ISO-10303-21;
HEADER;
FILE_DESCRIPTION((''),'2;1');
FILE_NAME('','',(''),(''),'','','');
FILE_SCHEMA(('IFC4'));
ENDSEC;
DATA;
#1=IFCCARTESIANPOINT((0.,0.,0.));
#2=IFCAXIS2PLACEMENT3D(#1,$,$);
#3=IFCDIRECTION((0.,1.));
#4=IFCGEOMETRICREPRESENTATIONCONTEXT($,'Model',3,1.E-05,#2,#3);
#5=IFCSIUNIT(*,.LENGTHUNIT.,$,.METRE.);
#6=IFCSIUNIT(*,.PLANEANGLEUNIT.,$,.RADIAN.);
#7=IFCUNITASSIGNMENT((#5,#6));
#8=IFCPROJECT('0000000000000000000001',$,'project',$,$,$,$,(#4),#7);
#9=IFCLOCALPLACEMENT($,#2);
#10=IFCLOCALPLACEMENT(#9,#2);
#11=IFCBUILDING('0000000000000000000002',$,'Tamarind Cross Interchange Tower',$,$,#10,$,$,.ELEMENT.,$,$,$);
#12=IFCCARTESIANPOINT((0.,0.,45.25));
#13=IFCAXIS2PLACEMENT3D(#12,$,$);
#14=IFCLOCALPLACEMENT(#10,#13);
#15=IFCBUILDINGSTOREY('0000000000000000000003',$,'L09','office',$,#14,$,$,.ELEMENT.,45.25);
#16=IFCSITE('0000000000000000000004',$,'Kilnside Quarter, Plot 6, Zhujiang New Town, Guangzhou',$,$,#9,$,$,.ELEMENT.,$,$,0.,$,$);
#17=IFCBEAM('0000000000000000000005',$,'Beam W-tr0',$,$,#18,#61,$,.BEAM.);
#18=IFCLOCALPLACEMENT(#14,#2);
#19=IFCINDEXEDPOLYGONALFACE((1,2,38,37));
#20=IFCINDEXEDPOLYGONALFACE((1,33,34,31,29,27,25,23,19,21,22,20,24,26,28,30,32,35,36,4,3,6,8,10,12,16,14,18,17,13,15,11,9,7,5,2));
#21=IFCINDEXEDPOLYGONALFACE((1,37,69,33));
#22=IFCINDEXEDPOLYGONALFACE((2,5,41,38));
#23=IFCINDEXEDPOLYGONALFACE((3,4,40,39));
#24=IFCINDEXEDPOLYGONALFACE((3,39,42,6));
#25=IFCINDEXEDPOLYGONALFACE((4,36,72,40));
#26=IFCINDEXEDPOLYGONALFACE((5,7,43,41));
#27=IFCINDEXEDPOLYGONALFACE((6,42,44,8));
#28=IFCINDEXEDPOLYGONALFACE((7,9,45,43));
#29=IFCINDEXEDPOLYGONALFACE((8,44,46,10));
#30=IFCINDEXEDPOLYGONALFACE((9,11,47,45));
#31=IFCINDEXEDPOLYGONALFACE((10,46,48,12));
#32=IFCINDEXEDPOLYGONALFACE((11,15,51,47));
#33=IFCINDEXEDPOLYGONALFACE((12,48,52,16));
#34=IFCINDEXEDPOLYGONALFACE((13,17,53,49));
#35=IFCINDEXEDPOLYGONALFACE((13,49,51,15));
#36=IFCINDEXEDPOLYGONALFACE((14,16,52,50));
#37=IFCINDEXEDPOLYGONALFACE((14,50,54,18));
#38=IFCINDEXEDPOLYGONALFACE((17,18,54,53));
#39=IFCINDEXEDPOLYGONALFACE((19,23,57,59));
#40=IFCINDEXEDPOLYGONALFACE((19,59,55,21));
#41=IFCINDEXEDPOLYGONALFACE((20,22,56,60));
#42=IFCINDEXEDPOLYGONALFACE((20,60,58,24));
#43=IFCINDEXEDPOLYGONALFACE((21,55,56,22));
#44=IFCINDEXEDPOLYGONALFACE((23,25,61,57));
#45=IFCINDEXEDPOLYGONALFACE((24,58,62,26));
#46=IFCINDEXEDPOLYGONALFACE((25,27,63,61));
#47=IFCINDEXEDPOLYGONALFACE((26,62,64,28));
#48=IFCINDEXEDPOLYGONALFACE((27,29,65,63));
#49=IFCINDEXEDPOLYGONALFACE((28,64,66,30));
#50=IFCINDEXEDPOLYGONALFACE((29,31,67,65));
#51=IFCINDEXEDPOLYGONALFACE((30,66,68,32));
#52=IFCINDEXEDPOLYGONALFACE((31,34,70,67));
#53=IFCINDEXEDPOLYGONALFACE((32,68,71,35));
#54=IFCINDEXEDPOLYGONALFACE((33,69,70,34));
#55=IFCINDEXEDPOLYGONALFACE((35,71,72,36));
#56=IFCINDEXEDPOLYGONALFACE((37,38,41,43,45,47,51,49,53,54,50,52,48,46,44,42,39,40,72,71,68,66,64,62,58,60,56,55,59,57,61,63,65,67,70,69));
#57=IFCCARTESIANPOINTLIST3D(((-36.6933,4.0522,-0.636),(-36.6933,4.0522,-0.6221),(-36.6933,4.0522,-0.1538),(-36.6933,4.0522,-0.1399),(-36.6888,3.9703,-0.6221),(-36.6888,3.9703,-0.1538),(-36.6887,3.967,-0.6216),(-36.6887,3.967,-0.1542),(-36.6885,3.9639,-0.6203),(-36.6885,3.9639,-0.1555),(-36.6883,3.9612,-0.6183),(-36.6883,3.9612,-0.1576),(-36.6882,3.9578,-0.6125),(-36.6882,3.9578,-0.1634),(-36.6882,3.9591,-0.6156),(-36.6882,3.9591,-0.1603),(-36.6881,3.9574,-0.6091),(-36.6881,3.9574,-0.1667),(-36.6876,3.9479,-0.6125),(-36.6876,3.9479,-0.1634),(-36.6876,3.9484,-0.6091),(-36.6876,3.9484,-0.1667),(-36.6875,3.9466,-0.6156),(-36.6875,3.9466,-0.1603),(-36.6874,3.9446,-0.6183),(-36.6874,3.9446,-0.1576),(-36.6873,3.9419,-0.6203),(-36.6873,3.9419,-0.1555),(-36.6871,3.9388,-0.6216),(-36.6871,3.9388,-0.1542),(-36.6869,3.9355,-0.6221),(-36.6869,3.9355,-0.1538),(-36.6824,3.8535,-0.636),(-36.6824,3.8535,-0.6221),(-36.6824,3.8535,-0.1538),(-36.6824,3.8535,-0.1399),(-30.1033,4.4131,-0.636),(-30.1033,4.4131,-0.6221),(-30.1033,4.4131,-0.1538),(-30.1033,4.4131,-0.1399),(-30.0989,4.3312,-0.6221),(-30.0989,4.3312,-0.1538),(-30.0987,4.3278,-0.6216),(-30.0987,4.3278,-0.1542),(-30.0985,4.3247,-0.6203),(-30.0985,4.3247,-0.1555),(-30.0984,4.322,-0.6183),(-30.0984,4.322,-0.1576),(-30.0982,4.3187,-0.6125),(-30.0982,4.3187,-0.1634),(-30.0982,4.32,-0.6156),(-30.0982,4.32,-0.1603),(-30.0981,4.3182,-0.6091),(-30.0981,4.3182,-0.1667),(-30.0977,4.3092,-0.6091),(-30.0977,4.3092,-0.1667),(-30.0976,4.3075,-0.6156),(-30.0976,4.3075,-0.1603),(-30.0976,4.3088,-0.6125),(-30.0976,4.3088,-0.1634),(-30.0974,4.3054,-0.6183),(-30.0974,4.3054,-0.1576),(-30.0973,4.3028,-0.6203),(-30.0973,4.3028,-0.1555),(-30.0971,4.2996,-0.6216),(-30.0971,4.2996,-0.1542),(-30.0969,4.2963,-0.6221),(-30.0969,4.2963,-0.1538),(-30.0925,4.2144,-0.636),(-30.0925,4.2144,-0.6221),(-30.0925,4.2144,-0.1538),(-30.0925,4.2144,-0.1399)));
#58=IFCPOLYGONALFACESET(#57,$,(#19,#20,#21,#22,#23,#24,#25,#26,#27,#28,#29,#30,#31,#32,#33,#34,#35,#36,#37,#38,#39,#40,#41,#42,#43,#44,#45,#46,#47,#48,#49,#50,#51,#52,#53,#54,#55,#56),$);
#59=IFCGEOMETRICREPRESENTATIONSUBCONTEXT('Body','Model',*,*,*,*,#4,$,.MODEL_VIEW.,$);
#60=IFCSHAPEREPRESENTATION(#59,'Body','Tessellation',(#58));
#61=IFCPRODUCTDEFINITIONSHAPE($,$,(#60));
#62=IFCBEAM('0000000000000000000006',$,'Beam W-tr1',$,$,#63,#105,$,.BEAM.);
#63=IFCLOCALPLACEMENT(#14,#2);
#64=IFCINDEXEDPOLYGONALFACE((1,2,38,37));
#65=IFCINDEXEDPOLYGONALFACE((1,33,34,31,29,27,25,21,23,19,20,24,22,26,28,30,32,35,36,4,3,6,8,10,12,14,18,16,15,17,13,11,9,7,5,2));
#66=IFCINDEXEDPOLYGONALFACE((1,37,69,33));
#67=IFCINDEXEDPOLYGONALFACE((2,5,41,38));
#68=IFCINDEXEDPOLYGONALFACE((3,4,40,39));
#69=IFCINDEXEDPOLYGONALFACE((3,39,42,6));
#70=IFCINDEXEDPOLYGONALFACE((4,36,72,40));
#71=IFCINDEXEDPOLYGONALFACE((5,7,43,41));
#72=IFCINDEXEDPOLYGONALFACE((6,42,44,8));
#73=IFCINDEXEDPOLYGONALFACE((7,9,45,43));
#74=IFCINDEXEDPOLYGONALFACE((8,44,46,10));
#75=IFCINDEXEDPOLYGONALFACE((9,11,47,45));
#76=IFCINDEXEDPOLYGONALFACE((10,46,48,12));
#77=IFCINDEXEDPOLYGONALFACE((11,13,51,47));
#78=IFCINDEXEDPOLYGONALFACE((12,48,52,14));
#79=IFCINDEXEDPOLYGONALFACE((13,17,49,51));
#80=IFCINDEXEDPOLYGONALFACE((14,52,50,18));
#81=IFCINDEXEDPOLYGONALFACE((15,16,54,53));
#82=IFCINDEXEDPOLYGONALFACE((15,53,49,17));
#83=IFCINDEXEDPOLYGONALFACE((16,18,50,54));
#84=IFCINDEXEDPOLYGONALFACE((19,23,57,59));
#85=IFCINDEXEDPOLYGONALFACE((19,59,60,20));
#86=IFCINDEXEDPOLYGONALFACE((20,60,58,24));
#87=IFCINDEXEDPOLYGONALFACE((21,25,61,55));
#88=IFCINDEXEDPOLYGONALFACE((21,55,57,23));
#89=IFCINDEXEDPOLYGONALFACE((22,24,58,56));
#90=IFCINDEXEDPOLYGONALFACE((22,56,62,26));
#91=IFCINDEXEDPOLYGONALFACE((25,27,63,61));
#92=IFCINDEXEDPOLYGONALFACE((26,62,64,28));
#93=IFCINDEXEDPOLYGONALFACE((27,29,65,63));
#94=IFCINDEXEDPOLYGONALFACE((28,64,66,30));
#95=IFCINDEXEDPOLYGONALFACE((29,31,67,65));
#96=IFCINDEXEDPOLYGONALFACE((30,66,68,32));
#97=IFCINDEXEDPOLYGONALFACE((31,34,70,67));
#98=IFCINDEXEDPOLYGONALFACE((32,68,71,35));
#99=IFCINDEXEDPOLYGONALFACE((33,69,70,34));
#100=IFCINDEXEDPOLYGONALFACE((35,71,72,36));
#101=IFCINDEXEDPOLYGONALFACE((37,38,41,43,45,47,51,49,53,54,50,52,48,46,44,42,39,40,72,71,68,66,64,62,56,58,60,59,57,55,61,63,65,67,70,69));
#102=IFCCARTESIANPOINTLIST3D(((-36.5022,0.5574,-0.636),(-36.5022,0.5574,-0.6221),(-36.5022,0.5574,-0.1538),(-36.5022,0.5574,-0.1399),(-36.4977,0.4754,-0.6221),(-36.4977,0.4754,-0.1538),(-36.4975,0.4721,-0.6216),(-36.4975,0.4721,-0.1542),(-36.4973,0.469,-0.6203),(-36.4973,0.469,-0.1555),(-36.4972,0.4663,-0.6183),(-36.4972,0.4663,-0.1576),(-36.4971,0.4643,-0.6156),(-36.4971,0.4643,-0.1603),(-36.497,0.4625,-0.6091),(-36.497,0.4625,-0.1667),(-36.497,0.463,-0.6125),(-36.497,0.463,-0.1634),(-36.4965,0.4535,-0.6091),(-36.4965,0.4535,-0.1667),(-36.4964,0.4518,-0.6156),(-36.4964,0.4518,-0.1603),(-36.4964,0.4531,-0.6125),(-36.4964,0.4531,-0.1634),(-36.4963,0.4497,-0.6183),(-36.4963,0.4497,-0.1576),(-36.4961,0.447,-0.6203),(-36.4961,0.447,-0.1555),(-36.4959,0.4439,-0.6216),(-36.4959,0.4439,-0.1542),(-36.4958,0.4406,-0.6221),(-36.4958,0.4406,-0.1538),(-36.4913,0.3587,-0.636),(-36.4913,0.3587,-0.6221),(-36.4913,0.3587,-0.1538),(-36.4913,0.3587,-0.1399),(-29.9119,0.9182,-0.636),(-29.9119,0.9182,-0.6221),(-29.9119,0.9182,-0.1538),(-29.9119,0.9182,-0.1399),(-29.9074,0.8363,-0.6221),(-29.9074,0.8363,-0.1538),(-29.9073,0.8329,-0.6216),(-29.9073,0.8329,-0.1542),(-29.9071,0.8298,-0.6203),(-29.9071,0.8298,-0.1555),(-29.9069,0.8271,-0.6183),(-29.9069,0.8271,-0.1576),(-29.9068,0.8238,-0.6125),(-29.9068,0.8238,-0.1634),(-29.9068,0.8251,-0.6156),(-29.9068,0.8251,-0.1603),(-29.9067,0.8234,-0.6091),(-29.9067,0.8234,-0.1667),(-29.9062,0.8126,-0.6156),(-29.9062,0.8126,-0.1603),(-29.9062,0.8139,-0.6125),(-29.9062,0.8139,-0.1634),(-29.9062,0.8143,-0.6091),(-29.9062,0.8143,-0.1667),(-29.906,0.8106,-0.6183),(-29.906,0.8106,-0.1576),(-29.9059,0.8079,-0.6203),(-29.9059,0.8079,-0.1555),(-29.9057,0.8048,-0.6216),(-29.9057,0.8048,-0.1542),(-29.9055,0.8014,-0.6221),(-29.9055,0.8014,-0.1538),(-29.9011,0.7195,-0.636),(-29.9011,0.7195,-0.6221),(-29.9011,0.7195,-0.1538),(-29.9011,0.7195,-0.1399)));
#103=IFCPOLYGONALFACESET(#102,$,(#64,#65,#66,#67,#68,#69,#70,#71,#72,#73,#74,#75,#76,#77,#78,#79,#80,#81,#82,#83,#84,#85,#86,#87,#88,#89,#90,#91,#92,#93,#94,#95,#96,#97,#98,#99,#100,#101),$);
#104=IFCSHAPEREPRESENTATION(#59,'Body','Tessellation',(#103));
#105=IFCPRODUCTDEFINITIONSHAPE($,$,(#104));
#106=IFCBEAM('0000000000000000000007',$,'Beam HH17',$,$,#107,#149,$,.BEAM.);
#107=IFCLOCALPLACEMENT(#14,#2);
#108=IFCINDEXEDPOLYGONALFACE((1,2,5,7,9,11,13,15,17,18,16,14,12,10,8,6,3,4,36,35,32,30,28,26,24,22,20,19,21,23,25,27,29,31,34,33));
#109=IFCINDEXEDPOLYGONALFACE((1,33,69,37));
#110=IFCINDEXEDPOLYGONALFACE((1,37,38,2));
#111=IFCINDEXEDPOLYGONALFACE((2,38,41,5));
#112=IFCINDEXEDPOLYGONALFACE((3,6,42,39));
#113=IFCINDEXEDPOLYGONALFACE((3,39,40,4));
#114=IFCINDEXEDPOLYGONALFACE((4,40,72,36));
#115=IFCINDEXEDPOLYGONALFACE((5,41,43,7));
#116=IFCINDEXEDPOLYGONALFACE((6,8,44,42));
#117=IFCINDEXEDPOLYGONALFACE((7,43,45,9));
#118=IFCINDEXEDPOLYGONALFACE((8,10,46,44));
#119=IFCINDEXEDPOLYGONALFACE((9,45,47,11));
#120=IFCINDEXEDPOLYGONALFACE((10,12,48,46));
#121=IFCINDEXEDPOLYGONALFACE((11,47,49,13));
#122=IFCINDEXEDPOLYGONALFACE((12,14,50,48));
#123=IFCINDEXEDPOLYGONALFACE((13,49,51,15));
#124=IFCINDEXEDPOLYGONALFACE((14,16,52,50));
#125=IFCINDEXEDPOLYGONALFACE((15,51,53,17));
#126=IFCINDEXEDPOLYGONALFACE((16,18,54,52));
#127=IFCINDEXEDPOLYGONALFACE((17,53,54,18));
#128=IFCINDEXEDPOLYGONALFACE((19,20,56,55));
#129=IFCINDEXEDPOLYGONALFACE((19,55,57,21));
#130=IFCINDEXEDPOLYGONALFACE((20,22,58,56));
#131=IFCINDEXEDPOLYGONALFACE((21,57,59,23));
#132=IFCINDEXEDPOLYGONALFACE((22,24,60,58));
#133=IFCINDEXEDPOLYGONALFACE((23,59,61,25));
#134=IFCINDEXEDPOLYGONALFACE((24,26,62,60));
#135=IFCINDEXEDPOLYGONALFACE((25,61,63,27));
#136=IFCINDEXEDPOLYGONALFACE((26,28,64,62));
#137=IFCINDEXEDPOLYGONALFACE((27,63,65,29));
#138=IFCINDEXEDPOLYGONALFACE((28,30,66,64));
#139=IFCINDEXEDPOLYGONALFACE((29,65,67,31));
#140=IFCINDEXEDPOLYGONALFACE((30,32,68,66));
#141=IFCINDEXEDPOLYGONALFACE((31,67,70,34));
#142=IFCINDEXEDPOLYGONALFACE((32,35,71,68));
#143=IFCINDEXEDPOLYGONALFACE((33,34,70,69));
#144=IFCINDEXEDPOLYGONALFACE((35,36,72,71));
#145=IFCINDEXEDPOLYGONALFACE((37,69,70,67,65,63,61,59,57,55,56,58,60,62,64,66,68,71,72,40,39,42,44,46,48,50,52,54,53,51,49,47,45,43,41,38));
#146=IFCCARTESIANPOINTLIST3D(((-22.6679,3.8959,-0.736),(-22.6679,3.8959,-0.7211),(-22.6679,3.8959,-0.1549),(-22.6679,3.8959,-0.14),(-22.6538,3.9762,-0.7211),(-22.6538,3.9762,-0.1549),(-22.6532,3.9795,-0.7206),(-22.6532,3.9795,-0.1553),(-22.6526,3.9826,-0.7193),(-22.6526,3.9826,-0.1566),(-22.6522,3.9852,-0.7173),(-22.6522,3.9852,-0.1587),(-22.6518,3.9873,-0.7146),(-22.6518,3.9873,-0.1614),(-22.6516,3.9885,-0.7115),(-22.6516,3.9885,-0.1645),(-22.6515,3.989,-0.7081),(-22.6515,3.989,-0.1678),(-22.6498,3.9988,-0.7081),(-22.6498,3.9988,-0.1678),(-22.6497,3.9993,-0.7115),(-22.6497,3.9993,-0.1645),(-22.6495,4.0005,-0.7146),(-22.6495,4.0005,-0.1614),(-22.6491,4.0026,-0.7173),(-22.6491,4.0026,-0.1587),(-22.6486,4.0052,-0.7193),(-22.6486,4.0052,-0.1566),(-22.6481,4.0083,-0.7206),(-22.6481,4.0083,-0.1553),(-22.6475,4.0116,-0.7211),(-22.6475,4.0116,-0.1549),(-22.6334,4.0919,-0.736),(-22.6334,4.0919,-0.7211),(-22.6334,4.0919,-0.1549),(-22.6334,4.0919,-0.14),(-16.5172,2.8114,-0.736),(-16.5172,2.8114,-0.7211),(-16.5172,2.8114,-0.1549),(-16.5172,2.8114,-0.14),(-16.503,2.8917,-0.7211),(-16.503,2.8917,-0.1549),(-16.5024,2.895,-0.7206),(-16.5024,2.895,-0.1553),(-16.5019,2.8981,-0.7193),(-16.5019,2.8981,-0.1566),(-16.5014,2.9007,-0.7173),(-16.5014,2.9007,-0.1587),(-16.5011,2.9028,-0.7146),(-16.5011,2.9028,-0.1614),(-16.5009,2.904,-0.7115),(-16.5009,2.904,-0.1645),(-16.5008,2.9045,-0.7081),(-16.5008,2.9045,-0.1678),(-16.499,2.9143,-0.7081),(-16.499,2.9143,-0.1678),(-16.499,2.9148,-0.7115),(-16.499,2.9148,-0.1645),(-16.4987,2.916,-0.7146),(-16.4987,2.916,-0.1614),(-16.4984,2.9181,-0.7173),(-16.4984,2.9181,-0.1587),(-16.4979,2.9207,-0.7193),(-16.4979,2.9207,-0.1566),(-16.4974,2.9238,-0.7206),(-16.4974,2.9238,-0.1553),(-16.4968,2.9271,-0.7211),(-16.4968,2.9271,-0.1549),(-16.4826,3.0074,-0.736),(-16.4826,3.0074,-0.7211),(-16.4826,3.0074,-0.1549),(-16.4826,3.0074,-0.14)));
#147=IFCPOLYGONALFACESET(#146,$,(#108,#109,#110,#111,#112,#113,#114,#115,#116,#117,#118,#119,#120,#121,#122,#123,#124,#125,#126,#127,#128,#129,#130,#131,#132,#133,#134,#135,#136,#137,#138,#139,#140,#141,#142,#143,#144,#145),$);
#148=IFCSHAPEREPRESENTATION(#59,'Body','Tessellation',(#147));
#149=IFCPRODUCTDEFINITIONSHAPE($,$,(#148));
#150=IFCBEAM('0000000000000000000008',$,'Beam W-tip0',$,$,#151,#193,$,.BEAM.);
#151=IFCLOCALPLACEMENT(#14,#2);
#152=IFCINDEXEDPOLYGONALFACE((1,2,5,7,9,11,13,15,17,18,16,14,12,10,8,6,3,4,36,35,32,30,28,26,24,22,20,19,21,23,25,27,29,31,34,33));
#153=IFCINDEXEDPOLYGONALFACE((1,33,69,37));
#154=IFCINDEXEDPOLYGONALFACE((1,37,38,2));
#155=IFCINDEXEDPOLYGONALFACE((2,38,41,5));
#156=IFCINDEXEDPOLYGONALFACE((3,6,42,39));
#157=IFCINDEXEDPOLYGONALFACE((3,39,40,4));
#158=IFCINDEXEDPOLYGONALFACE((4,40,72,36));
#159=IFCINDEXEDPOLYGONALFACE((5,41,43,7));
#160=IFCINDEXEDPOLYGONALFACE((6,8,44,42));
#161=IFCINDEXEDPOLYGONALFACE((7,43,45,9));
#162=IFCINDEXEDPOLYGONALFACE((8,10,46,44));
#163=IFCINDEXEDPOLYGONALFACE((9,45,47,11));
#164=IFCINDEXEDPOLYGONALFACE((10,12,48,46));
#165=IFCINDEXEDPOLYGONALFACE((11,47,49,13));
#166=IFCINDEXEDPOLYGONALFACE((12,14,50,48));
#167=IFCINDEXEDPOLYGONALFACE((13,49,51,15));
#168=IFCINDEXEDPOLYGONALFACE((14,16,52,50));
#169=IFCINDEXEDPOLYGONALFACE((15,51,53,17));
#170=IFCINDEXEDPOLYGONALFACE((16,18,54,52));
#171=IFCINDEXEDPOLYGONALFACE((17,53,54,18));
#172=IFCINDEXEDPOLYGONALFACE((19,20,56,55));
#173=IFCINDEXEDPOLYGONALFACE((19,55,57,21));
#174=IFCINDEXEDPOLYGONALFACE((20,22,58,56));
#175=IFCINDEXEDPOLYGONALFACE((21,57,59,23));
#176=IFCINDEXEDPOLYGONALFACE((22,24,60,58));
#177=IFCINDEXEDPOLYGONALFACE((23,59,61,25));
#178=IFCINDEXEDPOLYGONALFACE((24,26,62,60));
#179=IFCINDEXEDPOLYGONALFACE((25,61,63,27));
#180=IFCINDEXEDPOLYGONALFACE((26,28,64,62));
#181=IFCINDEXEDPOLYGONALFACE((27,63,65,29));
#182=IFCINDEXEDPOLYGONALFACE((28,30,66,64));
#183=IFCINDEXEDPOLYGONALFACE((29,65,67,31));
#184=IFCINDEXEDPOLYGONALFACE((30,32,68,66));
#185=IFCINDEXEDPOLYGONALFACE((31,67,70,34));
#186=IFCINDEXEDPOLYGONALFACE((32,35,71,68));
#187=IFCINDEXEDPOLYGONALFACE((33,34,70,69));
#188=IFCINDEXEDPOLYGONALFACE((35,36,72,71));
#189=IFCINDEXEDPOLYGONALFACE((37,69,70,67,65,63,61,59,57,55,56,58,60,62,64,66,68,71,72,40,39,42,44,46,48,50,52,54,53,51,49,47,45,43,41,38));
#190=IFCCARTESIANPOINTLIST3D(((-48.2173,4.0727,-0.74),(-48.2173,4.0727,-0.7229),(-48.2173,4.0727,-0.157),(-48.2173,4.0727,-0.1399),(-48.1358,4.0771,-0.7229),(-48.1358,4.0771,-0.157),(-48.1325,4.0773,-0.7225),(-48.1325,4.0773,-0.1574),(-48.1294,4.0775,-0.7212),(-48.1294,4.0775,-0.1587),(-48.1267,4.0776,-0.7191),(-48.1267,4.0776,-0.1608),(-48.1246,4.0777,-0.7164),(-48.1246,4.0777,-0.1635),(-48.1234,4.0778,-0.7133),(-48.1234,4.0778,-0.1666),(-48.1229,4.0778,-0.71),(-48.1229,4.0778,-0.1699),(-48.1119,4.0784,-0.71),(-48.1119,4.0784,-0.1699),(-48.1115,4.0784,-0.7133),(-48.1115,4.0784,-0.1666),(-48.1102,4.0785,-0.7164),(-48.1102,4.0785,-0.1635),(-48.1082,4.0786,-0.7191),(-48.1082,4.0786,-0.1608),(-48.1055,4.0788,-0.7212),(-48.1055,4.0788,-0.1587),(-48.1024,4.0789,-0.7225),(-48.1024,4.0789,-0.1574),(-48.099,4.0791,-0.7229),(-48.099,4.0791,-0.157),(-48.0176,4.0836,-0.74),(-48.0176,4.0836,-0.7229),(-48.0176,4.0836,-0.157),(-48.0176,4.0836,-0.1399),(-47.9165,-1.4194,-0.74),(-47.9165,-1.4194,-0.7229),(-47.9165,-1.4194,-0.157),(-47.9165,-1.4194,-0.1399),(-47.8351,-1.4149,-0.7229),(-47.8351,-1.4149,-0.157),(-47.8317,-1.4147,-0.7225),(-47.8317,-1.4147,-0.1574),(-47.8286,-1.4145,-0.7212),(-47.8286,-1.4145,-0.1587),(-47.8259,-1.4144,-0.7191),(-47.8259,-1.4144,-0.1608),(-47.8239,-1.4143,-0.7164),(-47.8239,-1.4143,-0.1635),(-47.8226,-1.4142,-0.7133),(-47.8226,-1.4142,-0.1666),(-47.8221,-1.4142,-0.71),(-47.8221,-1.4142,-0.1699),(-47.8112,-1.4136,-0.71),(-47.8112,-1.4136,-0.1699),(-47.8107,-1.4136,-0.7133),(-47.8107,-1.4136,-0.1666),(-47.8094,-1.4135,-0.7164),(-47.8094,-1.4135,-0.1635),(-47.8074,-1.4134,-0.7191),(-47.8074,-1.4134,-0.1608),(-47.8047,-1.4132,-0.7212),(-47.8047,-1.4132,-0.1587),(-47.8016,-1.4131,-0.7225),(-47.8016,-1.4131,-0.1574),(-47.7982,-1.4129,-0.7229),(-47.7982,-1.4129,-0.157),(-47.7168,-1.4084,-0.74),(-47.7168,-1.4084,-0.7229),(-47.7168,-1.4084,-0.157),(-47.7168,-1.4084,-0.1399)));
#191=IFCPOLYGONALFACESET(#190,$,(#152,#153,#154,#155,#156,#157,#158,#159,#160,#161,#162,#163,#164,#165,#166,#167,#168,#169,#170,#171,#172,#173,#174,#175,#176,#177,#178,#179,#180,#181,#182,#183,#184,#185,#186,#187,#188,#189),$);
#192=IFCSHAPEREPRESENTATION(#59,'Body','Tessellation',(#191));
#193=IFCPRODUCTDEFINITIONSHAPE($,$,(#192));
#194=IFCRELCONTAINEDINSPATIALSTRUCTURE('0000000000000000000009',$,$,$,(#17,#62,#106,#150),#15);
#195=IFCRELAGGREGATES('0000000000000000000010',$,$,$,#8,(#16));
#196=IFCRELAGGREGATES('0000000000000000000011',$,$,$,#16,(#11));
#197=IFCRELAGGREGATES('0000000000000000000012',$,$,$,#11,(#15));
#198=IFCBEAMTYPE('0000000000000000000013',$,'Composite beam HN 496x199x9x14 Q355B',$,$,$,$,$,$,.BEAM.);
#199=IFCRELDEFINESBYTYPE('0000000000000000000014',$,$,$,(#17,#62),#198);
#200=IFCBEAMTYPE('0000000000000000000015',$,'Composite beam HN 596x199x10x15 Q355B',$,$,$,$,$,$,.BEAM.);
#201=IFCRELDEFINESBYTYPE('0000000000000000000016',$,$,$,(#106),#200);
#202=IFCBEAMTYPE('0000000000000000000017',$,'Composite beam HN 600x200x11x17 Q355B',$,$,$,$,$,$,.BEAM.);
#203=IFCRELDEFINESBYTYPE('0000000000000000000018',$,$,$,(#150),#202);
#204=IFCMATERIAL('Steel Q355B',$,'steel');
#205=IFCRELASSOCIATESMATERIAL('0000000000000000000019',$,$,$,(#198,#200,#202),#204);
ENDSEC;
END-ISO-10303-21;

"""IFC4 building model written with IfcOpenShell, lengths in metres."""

from ifc_helpers import new_model, si_unit, direction, frame, origin, origin_2d, place, context, subcontext, project, spatial, i_section, extrude, material, material_profile, profile_set, type_object, element, save


model = new_model("IFC4")

# Units and contexts
model_context = context("Model", 3, precision=1e-05, world=origin(), true_north=direction((0.0, 1.0)))
body_context = subcontext(model_context, "Body", "Model", "MODEL_VIEW")
ifc_project = project(units=[si_unit("LENGTHUNIT", "METRE"), si_unit("PLANEANGLEUNIT", "RADIAN")], contexts=[model_context])

# Site, building, storey
site_placement = place(None, origin())
site = spatial("IfcSite", under=ifc_project, at=site_placement, Name="Kilnside Quarter, Plot 6, Zhujiang New Town, Guangzhou", CompositionType="ELEMENT", RefElevation=0.0)
building_placement = place(site_placement, origin())
building = spatial("IfcBuilding", under=site, at=building_placement, Name="Tamarind Cross Interchange Tower", CompositionType="ELEMENT")
storey_placement = place(building_placement, frame((0.0, 0.0, 45.25)))
storey = spatial("IfcBuildingStorey", under=building, at=storey_placement, Name="L09", Description="office", CompositionType="ELEMENT", Elevation=45.25)

# Beams
ifc_material_1 = material(Name="Steel Q355B", Category="steel")
ifc_material_profile_1 = material_profile(ifc_material_1, i_section(OverallWidth=0.199, OverallDepth=0.4961, WebThickness=0.009, FlangeThickness=0.0139, FilletRadius=0.0129, at=origin_2d()), Name="HN 496x199x9x14")
ifc_profile_set_1 = profile_set([ifc_material_profile_1], Name="Steel Q355B")
beam_type_1 = type_object("IfcBeamType", Name="Composite beam HN 496x199x9x14 Q355B", PredefinedType="BEAM", material=ifc_profile_set_1)
beam_1_placement = place(storey_placement, frame((-30.0979, 4.3137, -0.3879), z_axis=(-0.998504, -0.054673, 0.0), x_axis=(0.054673, -0.998504, 0.0)))
element("IfcBeam", 1, at=beam_1_placement, inside=storey, type_object=beam_type_1, Name="Beam W-tr0", PredefinedType="BEAM", context=body_context, shape_type="SweptSolid", body=[
    extrude(i_section(OverallWidth=0.199, OverallDepth=0.4961, WebThickness=0.009, FlangeThickness=0.0139, FilletRadius=0.0129, at=origin_2d()), origin(), (0.0, 0.0, 1.0), 6.5999),
])
beam_2_placement = place(storey_placement, frame((-29.9065, 0.8188, -0.3879), z_axis=(-0.998504, -0.054671, 0.0), x_axis=(0.054671, -0.998504, 0.0)))
element("IfcBeam", 2, at=beam_2_placement, inside=storey, type_object=beam_type_1, Name="Beam W-tr1", PredefinedType="BEAM", context=body_context, shape_type="SweptSolid", body=[
    extrude(i_section(OverallWidth=0.199, OverallDepth=0.4961, WebThickness=0.009, FlangeThickness=0.0139, FilletRadius=0.0129, at=origin_2d()), origin(), (0.0, 0.0, 1.0), 6.6001),
])
ifc_material_profile_2 = material_profile(ifc_material_1, i_section(OverallWidth=0.199, OverallDepth=0.5959, WebThickness=0.01, FlangeThickness=0.0149, FilletRadius=0.0129, at=origin_2d()), Name="HN 596x199x10x15")
ifc_profile_set_2 = profile_set([ifc_material_profile_2], Name="Steel Q355B")
beam_type_2 = type_object("IfcBeamType", Name="Composite beam HN 596x199x10x15 Q355B", PredefinedType="BEAM", material=ifc_profile_set_2)
beam_3_placement = place(storey_placement, frame((-22.6506, 3.9939, -0.438), z_axis=(0.984809, -0.17364, 0.0), x_axis=(0.17364, 0.984809, 0.0)))
element("IfcBeam", 3, at=beam_3_placement, inside=storey, type_object=beam_type_2, Name="Beam HH17", PredefinedType="BEAM", context=body_context, shape_type="SweptSolid", body=[
    extrude(i_section(OverallWidth=0.199, OverallDepth=0.5959, WebThickness=0.01, FlangeThickness=0.0149, FilletRadius=0.0129, at=origin_2d()), origin(), (0.0, 0.0, 1.0), 6.2456),
])
ifc_material_profile_3 = material_profile(ifc_material_1, i_section(OverallWidth=0.2, OverallDepth=0.6001, WebThickness=0.011, FlangeThickness=0.0171, FilletRadius=0.0129, at=origin_2d()), Name="HN 600x200x11x17")
ifc_profile_set_3 = profile_set([ifc_material_profile_3], Name="Steel Q355B")
beam_type_3 = type_object("IfcBeamType", Name="Composite beam HN 600x200x11x17 Q355B", PredefinedType="BEAM", material=ifc_profile_set_3)
beam_4_placement = place(storey_placement, frame((-48.1174, 4.0781, -0.4399), z_axis=(0.054686, -0.998504, 0.0), x_axis=(0.998504, 0.054686, 0.0)))
element("IfcBeam", 4, at=beam_4_placement, inside=storey, type_object=beam_type_3, Name="Beam W-tip0", PredefinedType="BEAM", context=body_context, shape_type="SweptSolid", body=[
    extrude(i_section(OverallWidth=0.2, OverallDepth=0.6001, WebThickness=0.011, FlangeThickness=0.0171, FilletRadius=0.0129, at=origin_2d()), origin(), (0.0, 0.0, 1.0), 5.5002),
])

save(model, "model.ifc")
